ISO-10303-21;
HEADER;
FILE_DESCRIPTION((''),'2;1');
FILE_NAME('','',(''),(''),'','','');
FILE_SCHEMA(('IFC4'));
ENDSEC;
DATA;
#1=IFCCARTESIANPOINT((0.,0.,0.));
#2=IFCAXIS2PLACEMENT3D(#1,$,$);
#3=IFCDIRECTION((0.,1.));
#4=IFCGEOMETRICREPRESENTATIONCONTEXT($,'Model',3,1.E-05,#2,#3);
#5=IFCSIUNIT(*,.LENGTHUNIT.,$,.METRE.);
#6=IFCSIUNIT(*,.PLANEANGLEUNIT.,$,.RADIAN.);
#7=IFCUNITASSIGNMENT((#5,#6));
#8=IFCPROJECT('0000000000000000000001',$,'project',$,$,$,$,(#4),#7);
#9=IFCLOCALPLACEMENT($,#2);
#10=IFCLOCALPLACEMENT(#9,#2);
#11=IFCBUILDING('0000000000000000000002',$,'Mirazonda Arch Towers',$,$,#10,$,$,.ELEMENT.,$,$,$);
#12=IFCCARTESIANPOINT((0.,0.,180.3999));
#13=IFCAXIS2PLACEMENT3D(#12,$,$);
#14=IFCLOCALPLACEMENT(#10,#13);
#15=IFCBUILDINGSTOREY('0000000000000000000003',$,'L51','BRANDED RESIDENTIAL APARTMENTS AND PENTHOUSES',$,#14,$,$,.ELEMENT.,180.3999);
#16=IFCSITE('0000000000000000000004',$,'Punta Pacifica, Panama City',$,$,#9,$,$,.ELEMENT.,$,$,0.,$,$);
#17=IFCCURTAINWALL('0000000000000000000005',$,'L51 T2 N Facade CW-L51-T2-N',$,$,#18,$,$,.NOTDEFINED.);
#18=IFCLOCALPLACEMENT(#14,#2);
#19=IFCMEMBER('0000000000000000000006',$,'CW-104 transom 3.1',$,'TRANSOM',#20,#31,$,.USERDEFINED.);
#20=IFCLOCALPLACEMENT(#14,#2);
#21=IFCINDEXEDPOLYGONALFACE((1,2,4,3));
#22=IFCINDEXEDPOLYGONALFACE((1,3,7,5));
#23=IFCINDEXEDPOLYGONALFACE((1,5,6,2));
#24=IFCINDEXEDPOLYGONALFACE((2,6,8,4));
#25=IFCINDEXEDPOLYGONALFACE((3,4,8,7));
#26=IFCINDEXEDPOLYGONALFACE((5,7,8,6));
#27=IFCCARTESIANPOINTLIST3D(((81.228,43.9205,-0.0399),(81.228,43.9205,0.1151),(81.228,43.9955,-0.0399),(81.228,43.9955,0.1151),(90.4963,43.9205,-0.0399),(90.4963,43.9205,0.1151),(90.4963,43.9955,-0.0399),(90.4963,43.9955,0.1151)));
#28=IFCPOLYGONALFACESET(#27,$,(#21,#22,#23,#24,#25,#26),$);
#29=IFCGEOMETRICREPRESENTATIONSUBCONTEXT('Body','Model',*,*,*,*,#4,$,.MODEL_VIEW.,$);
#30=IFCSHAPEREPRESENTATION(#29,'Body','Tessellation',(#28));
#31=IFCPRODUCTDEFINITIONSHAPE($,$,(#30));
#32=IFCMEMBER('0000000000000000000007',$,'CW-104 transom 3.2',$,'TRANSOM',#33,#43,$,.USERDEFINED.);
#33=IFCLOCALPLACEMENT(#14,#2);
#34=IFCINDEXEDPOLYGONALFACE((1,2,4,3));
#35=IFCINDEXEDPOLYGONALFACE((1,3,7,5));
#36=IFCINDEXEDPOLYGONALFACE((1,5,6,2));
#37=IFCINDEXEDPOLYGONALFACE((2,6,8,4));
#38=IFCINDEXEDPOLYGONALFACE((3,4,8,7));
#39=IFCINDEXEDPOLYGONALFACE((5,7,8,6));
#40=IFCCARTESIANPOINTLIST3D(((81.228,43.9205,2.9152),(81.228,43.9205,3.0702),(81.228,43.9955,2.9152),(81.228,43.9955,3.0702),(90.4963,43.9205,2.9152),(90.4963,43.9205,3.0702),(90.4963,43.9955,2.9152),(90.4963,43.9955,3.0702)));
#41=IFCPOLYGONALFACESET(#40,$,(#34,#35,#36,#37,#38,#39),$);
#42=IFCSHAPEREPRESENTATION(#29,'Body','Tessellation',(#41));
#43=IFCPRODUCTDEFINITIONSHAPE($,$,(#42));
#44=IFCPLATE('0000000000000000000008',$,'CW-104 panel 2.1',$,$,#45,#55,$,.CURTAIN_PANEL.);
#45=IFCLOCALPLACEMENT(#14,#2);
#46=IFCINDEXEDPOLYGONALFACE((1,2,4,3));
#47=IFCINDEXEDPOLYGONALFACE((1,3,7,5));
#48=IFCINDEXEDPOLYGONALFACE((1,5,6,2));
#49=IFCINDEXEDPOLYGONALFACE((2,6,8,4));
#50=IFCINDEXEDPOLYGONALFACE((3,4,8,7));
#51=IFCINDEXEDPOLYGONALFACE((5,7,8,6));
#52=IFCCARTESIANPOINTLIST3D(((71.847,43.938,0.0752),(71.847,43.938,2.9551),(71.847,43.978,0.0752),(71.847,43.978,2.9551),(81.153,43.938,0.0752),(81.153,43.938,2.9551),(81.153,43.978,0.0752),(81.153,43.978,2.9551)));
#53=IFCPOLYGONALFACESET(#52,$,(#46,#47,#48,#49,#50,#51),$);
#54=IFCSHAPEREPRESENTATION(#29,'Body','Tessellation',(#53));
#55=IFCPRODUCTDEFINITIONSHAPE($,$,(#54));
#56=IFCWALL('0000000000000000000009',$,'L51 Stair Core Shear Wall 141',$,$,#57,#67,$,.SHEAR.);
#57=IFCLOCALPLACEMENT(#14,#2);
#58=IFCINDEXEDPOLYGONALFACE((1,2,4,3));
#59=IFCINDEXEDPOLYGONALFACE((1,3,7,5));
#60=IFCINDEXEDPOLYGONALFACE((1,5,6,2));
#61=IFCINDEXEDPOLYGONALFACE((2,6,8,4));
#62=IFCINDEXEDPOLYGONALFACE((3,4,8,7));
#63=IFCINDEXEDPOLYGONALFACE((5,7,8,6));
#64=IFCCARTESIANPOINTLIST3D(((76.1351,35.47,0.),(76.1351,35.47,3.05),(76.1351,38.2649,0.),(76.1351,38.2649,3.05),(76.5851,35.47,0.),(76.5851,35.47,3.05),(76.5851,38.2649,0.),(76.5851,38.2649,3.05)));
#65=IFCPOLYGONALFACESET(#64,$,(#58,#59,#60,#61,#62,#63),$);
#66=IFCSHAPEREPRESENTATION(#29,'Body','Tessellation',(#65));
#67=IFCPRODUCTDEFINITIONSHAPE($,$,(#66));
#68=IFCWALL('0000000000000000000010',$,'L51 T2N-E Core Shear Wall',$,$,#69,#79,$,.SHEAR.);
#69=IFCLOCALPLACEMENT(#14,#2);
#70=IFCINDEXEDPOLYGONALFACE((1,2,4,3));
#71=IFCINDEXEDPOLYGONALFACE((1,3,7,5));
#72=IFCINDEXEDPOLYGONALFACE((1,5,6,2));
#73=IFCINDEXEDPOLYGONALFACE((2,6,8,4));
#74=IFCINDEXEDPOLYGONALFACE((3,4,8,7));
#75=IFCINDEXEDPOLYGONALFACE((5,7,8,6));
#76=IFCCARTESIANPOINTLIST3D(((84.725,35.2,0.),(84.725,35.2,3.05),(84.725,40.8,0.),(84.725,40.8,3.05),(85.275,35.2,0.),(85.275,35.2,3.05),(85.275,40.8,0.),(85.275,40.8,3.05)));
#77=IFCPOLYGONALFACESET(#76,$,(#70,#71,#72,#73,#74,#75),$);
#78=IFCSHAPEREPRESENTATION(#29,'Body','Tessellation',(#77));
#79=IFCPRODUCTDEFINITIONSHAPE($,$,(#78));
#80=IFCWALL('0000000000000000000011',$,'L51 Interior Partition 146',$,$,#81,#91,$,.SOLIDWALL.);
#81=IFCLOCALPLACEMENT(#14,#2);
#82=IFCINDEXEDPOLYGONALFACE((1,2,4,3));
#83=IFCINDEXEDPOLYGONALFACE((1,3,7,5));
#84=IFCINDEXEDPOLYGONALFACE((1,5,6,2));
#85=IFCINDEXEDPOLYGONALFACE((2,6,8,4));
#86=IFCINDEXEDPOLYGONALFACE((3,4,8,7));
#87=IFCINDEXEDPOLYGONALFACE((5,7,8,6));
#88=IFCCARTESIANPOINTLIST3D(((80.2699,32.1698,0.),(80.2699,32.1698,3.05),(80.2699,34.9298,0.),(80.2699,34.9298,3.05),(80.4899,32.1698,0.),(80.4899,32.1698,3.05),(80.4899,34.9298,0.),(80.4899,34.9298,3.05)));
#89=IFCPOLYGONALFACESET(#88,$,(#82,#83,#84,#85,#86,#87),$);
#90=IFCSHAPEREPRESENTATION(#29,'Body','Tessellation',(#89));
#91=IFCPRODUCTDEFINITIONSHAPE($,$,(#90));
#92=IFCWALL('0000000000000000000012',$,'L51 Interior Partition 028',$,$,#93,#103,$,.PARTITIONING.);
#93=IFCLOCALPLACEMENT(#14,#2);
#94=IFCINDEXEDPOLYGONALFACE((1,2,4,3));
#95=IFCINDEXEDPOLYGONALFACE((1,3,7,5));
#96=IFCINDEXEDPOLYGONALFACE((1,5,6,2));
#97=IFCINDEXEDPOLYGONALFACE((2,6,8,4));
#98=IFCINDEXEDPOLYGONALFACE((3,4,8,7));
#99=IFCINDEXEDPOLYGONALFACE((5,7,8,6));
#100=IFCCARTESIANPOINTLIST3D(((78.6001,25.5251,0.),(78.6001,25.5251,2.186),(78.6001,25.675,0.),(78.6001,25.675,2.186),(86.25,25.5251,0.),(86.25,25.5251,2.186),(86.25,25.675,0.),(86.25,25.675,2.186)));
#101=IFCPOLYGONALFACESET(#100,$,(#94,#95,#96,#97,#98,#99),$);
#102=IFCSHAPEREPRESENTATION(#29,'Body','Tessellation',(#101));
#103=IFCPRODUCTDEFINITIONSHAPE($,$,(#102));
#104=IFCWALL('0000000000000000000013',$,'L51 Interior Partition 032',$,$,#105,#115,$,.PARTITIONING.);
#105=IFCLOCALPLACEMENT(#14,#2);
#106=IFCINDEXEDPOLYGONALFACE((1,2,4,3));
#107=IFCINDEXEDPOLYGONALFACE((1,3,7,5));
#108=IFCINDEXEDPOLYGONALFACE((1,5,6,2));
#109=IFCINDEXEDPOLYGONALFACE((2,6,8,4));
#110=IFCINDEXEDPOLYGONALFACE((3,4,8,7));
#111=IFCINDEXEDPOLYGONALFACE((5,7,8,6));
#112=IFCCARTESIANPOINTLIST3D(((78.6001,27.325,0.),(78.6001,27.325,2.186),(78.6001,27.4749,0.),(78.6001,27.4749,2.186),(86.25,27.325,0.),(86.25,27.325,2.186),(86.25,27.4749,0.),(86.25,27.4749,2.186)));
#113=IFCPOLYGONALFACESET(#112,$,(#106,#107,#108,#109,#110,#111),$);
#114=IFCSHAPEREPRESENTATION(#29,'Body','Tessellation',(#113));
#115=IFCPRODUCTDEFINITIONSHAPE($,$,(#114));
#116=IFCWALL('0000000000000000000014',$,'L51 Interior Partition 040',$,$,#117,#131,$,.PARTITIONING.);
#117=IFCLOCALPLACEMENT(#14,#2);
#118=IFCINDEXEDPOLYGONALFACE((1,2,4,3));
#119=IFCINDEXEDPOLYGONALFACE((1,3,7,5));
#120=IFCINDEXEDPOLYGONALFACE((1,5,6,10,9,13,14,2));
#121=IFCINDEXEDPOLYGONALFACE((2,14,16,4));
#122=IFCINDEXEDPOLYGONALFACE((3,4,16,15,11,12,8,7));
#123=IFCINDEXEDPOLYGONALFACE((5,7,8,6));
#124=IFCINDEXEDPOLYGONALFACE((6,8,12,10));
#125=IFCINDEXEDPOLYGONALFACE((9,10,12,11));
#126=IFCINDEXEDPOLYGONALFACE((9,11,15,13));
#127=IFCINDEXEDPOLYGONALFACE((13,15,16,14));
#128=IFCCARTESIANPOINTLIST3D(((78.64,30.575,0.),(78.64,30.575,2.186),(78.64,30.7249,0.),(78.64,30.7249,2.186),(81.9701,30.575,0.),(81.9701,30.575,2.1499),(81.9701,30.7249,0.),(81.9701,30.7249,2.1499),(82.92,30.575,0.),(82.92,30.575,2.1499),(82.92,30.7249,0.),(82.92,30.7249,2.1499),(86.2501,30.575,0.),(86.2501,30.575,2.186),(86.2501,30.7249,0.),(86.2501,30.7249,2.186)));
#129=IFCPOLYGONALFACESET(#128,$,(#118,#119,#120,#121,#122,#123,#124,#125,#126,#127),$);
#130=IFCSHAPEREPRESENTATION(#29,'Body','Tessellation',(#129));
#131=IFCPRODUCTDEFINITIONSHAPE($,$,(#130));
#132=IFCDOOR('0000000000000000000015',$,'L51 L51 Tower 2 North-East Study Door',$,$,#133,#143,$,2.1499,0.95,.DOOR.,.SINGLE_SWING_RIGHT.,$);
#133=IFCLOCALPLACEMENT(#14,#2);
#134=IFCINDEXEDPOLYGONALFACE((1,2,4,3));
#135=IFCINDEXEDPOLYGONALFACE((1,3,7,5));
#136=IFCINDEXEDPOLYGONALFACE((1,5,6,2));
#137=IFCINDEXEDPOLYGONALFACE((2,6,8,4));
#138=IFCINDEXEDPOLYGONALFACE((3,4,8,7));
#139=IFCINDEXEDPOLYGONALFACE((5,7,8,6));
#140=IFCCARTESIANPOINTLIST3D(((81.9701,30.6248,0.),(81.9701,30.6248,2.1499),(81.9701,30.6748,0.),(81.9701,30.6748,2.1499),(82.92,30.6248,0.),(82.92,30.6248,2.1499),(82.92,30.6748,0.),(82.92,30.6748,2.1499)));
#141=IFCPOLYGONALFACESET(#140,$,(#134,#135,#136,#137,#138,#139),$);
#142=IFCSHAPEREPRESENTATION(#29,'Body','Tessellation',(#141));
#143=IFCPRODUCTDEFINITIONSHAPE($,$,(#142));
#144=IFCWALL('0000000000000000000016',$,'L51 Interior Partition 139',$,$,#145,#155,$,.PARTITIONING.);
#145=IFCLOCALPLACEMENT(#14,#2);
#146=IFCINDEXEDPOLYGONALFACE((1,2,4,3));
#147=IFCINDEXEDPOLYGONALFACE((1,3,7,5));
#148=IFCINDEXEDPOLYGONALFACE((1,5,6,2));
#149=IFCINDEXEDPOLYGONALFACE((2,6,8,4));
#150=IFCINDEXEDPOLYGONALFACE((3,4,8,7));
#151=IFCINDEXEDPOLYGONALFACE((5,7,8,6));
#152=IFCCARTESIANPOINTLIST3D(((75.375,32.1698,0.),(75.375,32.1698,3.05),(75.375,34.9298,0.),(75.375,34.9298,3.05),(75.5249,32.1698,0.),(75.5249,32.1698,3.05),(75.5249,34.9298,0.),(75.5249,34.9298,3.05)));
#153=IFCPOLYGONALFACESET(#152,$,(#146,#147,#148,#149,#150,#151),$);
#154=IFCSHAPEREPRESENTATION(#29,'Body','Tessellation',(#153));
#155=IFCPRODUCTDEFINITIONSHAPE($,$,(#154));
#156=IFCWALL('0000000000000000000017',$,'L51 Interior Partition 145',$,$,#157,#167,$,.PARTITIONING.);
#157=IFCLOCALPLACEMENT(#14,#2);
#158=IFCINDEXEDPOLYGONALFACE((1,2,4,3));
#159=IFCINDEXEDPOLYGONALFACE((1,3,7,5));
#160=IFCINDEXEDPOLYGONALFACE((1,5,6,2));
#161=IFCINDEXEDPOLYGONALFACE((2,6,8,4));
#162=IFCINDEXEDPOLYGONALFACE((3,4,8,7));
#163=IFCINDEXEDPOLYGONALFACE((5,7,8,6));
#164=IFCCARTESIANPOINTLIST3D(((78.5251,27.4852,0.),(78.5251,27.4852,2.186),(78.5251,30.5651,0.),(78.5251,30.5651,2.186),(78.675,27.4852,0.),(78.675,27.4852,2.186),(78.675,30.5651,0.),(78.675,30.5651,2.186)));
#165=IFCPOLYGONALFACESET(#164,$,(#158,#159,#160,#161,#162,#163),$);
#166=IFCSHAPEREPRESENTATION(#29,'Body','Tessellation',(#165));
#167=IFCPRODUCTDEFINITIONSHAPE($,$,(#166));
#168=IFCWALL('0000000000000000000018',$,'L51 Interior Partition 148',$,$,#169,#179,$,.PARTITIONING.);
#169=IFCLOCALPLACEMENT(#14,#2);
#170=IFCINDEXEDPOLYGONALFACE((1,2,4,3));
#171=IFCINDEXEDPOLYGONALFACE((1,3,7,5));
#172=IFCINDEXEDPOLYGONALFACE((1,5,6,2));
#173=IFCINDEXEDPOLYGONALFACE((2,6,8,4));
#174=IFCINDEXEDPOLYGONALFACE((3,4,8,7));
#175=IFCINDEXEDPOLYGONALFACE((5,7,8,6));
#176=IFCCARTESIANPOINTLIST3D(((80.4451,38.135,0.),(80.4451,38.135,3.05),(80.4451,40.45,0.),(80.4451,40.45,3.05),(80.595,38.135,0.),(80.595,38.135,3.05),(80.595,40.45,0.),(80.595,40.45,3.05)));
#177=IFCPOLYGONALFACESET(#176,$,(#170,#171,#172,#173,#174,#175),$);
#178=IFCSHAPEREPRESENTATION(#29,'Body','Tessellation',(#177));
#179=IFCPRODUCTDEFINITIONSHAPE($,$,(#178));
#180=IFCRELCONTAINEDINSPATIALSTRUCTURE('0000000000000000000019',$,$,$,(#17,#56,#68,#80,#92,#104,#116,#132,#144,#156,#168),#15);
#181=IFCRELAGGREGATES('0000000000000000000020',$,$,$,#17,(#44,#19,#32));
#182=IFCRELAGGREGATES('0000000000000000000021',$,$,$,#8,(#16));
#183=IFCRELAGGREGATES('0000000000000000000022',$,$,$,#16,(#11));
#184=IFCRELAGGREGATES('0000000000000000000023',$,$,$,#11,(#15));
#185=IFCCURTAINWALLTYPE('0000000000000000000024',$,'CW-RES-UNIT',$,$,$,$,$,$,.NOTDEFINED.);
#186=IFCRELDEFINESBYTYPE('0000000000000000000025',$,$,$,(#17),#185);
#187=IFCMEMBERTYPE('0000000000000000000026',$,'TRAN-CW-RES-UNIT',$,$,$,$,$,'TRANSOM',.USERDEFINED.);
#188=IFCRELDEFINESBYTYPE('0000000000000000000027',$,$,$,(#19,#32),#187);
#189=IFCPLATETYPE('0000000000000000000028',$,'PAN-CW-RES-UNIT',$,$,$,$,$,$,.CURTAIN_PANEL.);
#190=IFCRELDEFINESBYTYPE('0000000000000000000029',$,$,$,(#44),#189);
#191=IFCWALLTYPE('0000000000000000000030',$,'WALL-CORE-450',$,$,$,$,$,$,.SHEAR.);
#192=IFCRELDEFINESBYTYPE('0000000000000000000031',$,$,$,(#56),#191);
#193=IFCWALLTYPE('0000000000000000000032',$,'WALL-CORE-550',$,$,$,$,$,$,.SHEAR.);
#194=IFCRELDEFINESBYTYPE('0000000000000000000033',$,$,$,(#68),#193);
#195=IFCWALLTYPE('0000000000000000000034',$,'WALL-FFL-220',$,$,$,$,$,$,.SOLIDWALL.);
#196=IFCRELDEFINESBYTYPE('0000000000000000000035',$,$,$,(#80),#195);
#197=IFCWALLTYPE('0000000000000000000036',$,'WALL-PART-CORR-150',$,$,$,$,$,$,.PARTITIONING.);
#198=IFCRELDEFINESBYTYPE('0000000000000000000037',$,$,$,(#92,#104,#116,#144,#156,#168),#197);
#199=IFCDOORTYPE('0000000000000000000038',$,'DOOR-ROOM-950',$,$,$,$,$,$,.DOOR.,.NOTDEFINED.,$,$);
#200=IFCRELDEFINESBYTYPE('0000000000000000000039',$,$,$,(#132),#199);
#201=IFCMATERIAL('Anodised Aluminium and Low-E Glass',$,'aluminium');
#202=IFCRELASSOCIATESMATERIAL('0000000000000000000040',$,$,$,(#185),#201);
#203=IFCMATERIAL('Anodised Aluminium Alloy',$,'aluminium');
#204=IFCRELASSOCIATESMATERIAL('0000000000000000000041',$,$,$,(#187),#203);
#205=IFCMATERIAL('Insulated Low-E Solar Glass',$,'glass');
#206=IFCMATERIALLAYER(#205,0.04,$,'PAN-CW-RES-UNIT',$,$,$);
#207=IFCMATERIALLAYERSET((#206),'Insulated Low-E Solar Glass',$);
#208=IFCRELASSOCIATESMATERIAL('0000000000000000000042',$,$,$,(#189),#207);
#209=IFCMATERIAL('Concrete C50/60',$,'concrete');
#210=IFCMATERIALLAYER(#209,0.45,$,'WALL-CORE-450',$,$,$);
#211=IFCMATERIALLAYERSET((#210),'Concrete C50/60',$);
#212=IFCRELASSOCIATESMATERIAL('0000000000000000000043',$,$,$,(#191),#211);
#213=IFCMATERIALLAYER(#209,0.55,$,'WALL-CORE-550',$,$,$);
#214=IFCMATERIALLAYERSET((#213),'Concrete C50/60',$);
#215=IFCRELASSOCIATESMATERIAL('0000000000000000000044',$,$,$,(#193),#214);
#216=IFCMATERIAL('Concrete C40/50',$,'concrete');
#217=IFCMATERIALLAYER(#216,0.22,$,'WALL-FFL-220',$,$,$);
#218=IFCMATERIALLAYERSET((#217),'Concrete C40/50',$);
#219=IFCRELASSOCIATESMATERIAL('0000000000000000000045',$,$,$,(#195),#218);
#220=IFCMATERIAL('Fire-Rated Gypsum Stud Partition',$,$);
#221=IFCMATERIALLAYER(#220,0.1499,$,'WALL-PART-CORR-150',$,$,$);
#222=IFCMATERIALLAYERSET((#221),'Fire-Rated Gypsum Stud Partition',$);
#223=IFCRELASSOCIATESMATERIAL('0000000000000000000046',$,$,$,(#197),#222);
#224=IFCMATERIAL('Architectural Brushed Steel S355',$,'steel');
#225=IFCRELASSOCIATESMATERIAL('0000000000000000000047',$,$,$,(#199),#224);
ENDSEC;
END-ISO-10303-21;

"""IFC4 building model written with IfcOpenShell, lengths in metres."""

from ifc_helpers import new_model, si_unit, direction, frame, frame_2d, origin, origin_2d, place, context, subcontext, project, spatial, rectangle, extrude, material, layer, layer_set, material_profile, profile_set, type_object, element, fill, aggregate, save


model = new_model("IFC4")

# Units and contexts
model_context = context("Model", 3, precision=1e-05, world=origin(), true_north=direction((0.0, 1.0)))
body_context = subcontext(model_context, "Body", "Model", "MODEL_VIEW")
ifc_project = project(units=[si_unit("LENGTHUNIT", "METRE"), si_unit("PLANEANGLEUNIT", "RADIAN")], contexts=[model_context])

# Site, building, storey
site_placement = place(None, origin())
site = spatial("IfcSite", under=ifc_project, at=site_placement, Name="Punta Pacifica, Panama City", CompositionType="ELEMENT", RefElevation=0.0)
building_placement = place(site_placement, origin())
building = spatial("IfcBuilding", under=site, at=building_placement, Name="Mirazonda Arch Towers", CompositionType="ELEMENT")
storey_placement = place(building_placement, frame((0.0, 0.0, 180.3999)))
storey = spatial("IfcBuildingStorey", under=building, at=storey_placement, Name="L51", Description="BRANDED RESIDENTIAL APARTMENTS AND PENTHOUSES", CompositionType="ELEMENT", Elevation=180.3999)

# Shared definitions
ifc_material_1 = material(Name="Concrete C50/60", Category="concrete")

# Curtain wall, members, plate
ifc_material_2 = material(Name="Anodised Aluminium and Low-E Glass", Category="aluminium")
curtain_wall_type = type_object("IfcCurtainWallType", Name="CW-RES-UNIT", PredefinedType="NOTDEFINED", material=ifc_material_2)
curtain_wall_placement = place(storey_placement, origin())
curtain_wall = element("IfcCurtainWall", 1, at=curtain_wall_placement, inside=storey, type_object=curtain_wall_type, Name="L51 T2 N Facade CW-L51-T2-N", PredefinedType="NOTDEFINED")
ifc_material_3 = material(Name="Anodised Aluminium Alloy", Category="aluminium")
ifc_material_profile_1 = material_profile(ifc_material_3, rectangle(XDim=0.075, YDim=0.155, at=origin_2d()), Name="ALU-TRAN-75x155")
ifc_profile_set_1 = profile_set([ifc_material_profile_1], Name="Anodised Aluminium Alloy")
member_type_1 = type_object("IfcMemberType", Name="TRAN-CW-RES-UNIT", ElementType="TRANSOM", PredefinedType="USERDEFINED", material=ifc_profile_set_1)
member_1_placement = place(storey_placement, frame((81.228, 43.958, 0.0376), z_axis=(1.0, 0.0, 0.0), x_axis=(0.0, 1.0, 0.0)))
member_1 = element("IfcMember", 2, at=member_1_placement, type_object=member_type_1, Name="CW-104 transom 3.1", ObjectType="TRANSOM", PredefinedType="USERDEFINED", context=body_context, shape_type="SweptSolid", body=[
    extrude(rectangle(XDim=0.075, YDim=0.155, at=origin_2d()), origin(), (0.0, 0.0, 1.0), 9.2683),
])
member_2_placement = place(storey_placement, frame((81.228, 43.958, 2.9927), z_axis=(1.0, 0.0, 0.0), x_axis=(0.0, 1.0, 0.0)))
member_2 = element("IfcMember", 3, at=member_2_placement, type_object=member_type_1, Name="CW-104 transom 3.2", ObjectType="TRANSOM", PredefinedType="USERDEFINED", context=body_context, shape_type="SweptSolid", body=[
    extrude(rectangle(XDim=0.075, YDim=0.155, at=origin_2d()), origin(), (0.0, 0.0, 1.0), 9.2683),
])
ifc_material_4 = material(Name="Insulated Low-E Solar Glass", Category="glass")
ifc_layer_1 = layer(ifc_material_4, 0.04, Name="PAN-CW-RES-UNIT")
ifc_layer_set_1 = layer_set([ifc_layer_1], Name="Insulated Low-E Solar Glass")
plate_type = type_object("IfcPlateType", Name="PAN-CW-RES-UNIT", PredefinedType="CURTAIN_PANEL", material=ifc_layer_set_1)
plate_placement = place(storey_placement, frame((76.5, 43.958, 0.0752), z_axis=(0.0, 0.0, 1.0), x_axis=(1.0, 0.0, 0.0)))
plate = element("IfcPlate", 4, at=plate_placement, type_object=plate_type, Name="CW-104 panel 2.1", PredefinedType="CURTAIN_PANEL", context=body_context, shape_type="SweptSolid", body=[
    extrude(rectangle(XDim=9.3059, YDim=0.04, at=origin_2d()), origin(), (0.0, 0.0, 1.0), 2.8799),
])
aggregate(curtain_wall, [plate, member_1, member_2])

# Walls
ifc_layer_2 = layer(ifc_material_1, 0.45, Name="WALL-CORE-450")
ifc_layer_set_2 = layer_set([ifc_layer_2], Name="Concrete C50/60")
wall_type_1 = type_object("IfcWallType", Name="WALL-CORE-450", PredefinedType="SHEAR", material=ifc_layer_set_2)
wall_1_placement = place(storey_placement, frame((76.3601, 35.47, 0.0), z_axis=(0.0, 0.0, 1.0), x_axis=(0.0, 1.0, 0.0)))
element("IfcWall", 5, at=wall_1_placement, inside=storey, type_object=wall_type_1, Name="L51 Stair Core Shear Wall 141", PredefinedType="SHEAR", context=body_context, shape_type="SweptSolid", body=[
    extrude(rectangle(XDim=2.7949, YDim=0.45, at=frame_2d((1.3975, 0.0))), origin(), (0.0, 0.0, 1.0), 3.05),
])
ifc_layer_3 = layer(ifc_material_1, 0.55, Name="WALL-CORE-550")
ifc_layer_set_3 = layer_set([ifc_layer_3], Name="Concrete C50/60")
wall_type_2 = type_object("IfcWallType", Name="WALL-CORE-550", PredefinedType="SHEAR", material=ifc_layer_set_3)
wall_2_placement = place(storey_placement, frame((85.0, 35.2, 0.0), z_axis=(0.0, 0.0, 1.0), x_axis=(0.0, 1.0, 0.0)))
element("IfcWall", 6, at=wall_2_placement, inside=storey, type_object=wall_type_2, Name="L51 T2N-E Core Shear Wall", PredefinedType="SHEAR", context=body_context, shape_type="SweptSolid", body=[
    extrude(rectangle(XDim=5.6001, YDim=0.55, at=frame_2d((2.8, 0.0))), origin(), (0.0, 0.0, 1.0), 3.05),
])
ifc_material_5 = material(Name="Concrete C40/50", Category="concrete")
ifc_layer_4 = layer(ifc_material_5, 0.22, Name="WALL-FFL-220")
ifc_layer_set_4 = layer_set([ifc_layer_4], Name="Concrete C40/50")
wall_type_3 = type_object("IfcWallType", Name="WALL-FFL-220", PredefinedType="SOLIDWALL", material=ifc_layer_set_4)
wall_3_placement = place(storey_placement, frame((80.3799, 32.1699, 0.0), z_axis=(0.0, 0.0, 1.0), x_axis=(0.0, 1.0, 0.0)))
element("IfcWall", 7, at=wall_3_placement, inside=storey, type_object=wall_type_3, Name="L51 Interior Partition 146", PredefinedType="SOLIDWALL", context=body_context, shape_type="SweptSolid", body=[
    extrude(rectangle(XDim=2.76, YDim=0.22, at=frame_2d((1.3799, 0.0))), origin(), (0.0, 0.0, 1.0), 3.05),
])
ifc_material_6 = material(Name="Fire-Rated Gypsum Stud Partition")
ifc_layer_5 = layer(ifc_material_6, 0.1499, Name="WALL-PART-CORR-150")
ifc_layer_set_5 = layer_set([ifc_layer_5], Name="Fire-Rated Gypsum Stud Partition")
wall_type_4 = type_object("IfcWallType", Name="WALL-PART-CORR-150", PredefinedType="PARTITIONING", material=ifc_layer_set_5)
for number, where, z_axis, x_axis, name in (
    (8, (78.6001, 25.6001, 0.0), (0.0, 0.0, 1.0), (1.0, 0.0, 0.0), "L51 Interior Partition 028"),
    (9, (78.6001, 27.3999, 0.0), (0.0, 0.0, 1.0), (1.0, 0.0, 0.0), "L51 Interior Partition 032"),
):
    element("IfcWall", number, at=place(storey_placement, frame(where, z_axis=z_axis, x_axis=x_axis)), inside=storey, type_object=wall_type_4, Name=name, PredefinedType="PARTITIONING", context=body_context, shape_type="SweptSolid", body=[
        extrude(rectangle(XDim=7.6499, YDim=0.1499, at=frame_2d((3.825, 0.0))), origin(), (0.0, 0.0, 1.0), 2.186),
    ])

# Wall, opening, door
wall_4_placement = place(storey_placement, frame((78.6399, 30.6499, 0.0), z_axis=(0.0, 0.0, 1.0), x_axis=(1.0, 0.0, 0.0)))
wall_4 = element("IfcWall", 10, at=wall_4_placement, inside=storey, type_object=wall_type_4, Name="L51 Interior Partition 040", PredefinedType="PARTITIONING", context=body_context, shape_type="SweptSolid", body=[
    extrude(rectangle(XDim=7.6101, YDim=0.1499, at=frame_2d((3.8052, 0.0))), origin(), (0.0, 0.0, 1.0), 2.186),
])
opening_placement = place(wall_4_placement, frame((3.3301, 0.0, 0.0)))
opening = element("IfcOpeningElement", 11, at=opening_placement, cuts=wall_4, PredefinedType="OPENING", context=body_context, shape_type="SweptSolid", body=[
    extrude(rectangle(XDim=0.95, YDim=2.1499, at=frame_2d((0.4751, 1.075))), frame((0.0, 0.085, 0.0), z_axis=(0.0, -1.0, 0.0), x_axis=(1.0, 0.0, 0.0)), (0.0, 0.0, 1.0), 0.1699),
])
ifc_material_7 = material(Name="Architectural Brushed Steel S355", Category="steel")
door_type = type_object("IfcDoorType", Name="DOOR-ROOM-950", OperationType="NOTDEFINED", PredefinedType="DOOR", material=ifc_material_7)
door_placement = place(opening_placement, origin())
door = element("IfcDoor", 12, at=door_placement, inside=storey, type_object=door_type, Name="L51 L51 Tower 2 North-East Study Door", OperationType="SINGLE_SWING_RIGHT", OverallHeight=2.1499, OverallWidth=0.95, PredefinedType="DOOR", context=body_context, shape_type="SweptSolid", body=[
    extrude(rectangle(XDim=0.95, YDim=2.1499, at=frame_2d((0.4751, 1.075))), frame((0.0, 0.0249, 0.0), z_axis=(0.0, -1.0, 0.0), x_axis=(1.0, 0.0, 0.0)), (0.0, 0.0, 1.0), 0.05),
])
fill(opening, door)

# Walls
wall_5_placement = place(storey_placement, frame((75.45, 32.1699, 0.0), z_axis=(0.0, 0.0, 1.0), x_axis=(0.0, 1.0, 0.0)))
element("IfcWall", 13, at=wall_5_placement, inside=storey, type_object=wall_type_4, Name="L51 Interior Partition 139", PredefinedType="PARTITIONING", context=body_context, shape_type="SweptSolid", body=[
    extrude(rectangle(XDim=2.76, YDim=0.1499, at=frame_2d((1.3799, 0.0))), origin(), (0.0, 0.0, 1.0), 3.05),
])
wall_6_placement = place(storey_placement, frame((78.6001, 27.4851, 0.0), z_axis=(0.0, 0.0, 1.0), x_axis=(0.0, 1.0, 0.0)))
element("IfcWall", 14, at=wall_6_placement, inside=storey, type_object=wall_type_4, Name="L51 Interior Partition 145", PredefinedType="PARTITIONING", context=body_context, shape_type="SweptSolid", body=[
    extrude(rectangle(XDim=3.0798, YDim=0.1499, at=frame_2d((1.54, 0.0))), origin(), (0.0, 0.0, 1.0), 2.186),
])
wall_7_placement = place(storey_placement, frame((80.52, 38.135, 0.0), z_axis=(0.0, 0.0, 1.0), x_axis=(0.0, 1.0, 0.0)))
element("IfcWall", 15, at=wall_7_placement, inside=storey, type_object=wall_type_4, Name="L51 Interior Partition 148", PredefinedType="PARTITIONING", context=body_context, shape_type="SweptSolid", body=[
    extrude(rectangle(XDim=2.3149, YDim=0.1499, at=frame_2d((1.1575, 0.0))), origin(), (0.0, 0.0, 1.0), 3.05),
])

save(model, "model.ifc")
